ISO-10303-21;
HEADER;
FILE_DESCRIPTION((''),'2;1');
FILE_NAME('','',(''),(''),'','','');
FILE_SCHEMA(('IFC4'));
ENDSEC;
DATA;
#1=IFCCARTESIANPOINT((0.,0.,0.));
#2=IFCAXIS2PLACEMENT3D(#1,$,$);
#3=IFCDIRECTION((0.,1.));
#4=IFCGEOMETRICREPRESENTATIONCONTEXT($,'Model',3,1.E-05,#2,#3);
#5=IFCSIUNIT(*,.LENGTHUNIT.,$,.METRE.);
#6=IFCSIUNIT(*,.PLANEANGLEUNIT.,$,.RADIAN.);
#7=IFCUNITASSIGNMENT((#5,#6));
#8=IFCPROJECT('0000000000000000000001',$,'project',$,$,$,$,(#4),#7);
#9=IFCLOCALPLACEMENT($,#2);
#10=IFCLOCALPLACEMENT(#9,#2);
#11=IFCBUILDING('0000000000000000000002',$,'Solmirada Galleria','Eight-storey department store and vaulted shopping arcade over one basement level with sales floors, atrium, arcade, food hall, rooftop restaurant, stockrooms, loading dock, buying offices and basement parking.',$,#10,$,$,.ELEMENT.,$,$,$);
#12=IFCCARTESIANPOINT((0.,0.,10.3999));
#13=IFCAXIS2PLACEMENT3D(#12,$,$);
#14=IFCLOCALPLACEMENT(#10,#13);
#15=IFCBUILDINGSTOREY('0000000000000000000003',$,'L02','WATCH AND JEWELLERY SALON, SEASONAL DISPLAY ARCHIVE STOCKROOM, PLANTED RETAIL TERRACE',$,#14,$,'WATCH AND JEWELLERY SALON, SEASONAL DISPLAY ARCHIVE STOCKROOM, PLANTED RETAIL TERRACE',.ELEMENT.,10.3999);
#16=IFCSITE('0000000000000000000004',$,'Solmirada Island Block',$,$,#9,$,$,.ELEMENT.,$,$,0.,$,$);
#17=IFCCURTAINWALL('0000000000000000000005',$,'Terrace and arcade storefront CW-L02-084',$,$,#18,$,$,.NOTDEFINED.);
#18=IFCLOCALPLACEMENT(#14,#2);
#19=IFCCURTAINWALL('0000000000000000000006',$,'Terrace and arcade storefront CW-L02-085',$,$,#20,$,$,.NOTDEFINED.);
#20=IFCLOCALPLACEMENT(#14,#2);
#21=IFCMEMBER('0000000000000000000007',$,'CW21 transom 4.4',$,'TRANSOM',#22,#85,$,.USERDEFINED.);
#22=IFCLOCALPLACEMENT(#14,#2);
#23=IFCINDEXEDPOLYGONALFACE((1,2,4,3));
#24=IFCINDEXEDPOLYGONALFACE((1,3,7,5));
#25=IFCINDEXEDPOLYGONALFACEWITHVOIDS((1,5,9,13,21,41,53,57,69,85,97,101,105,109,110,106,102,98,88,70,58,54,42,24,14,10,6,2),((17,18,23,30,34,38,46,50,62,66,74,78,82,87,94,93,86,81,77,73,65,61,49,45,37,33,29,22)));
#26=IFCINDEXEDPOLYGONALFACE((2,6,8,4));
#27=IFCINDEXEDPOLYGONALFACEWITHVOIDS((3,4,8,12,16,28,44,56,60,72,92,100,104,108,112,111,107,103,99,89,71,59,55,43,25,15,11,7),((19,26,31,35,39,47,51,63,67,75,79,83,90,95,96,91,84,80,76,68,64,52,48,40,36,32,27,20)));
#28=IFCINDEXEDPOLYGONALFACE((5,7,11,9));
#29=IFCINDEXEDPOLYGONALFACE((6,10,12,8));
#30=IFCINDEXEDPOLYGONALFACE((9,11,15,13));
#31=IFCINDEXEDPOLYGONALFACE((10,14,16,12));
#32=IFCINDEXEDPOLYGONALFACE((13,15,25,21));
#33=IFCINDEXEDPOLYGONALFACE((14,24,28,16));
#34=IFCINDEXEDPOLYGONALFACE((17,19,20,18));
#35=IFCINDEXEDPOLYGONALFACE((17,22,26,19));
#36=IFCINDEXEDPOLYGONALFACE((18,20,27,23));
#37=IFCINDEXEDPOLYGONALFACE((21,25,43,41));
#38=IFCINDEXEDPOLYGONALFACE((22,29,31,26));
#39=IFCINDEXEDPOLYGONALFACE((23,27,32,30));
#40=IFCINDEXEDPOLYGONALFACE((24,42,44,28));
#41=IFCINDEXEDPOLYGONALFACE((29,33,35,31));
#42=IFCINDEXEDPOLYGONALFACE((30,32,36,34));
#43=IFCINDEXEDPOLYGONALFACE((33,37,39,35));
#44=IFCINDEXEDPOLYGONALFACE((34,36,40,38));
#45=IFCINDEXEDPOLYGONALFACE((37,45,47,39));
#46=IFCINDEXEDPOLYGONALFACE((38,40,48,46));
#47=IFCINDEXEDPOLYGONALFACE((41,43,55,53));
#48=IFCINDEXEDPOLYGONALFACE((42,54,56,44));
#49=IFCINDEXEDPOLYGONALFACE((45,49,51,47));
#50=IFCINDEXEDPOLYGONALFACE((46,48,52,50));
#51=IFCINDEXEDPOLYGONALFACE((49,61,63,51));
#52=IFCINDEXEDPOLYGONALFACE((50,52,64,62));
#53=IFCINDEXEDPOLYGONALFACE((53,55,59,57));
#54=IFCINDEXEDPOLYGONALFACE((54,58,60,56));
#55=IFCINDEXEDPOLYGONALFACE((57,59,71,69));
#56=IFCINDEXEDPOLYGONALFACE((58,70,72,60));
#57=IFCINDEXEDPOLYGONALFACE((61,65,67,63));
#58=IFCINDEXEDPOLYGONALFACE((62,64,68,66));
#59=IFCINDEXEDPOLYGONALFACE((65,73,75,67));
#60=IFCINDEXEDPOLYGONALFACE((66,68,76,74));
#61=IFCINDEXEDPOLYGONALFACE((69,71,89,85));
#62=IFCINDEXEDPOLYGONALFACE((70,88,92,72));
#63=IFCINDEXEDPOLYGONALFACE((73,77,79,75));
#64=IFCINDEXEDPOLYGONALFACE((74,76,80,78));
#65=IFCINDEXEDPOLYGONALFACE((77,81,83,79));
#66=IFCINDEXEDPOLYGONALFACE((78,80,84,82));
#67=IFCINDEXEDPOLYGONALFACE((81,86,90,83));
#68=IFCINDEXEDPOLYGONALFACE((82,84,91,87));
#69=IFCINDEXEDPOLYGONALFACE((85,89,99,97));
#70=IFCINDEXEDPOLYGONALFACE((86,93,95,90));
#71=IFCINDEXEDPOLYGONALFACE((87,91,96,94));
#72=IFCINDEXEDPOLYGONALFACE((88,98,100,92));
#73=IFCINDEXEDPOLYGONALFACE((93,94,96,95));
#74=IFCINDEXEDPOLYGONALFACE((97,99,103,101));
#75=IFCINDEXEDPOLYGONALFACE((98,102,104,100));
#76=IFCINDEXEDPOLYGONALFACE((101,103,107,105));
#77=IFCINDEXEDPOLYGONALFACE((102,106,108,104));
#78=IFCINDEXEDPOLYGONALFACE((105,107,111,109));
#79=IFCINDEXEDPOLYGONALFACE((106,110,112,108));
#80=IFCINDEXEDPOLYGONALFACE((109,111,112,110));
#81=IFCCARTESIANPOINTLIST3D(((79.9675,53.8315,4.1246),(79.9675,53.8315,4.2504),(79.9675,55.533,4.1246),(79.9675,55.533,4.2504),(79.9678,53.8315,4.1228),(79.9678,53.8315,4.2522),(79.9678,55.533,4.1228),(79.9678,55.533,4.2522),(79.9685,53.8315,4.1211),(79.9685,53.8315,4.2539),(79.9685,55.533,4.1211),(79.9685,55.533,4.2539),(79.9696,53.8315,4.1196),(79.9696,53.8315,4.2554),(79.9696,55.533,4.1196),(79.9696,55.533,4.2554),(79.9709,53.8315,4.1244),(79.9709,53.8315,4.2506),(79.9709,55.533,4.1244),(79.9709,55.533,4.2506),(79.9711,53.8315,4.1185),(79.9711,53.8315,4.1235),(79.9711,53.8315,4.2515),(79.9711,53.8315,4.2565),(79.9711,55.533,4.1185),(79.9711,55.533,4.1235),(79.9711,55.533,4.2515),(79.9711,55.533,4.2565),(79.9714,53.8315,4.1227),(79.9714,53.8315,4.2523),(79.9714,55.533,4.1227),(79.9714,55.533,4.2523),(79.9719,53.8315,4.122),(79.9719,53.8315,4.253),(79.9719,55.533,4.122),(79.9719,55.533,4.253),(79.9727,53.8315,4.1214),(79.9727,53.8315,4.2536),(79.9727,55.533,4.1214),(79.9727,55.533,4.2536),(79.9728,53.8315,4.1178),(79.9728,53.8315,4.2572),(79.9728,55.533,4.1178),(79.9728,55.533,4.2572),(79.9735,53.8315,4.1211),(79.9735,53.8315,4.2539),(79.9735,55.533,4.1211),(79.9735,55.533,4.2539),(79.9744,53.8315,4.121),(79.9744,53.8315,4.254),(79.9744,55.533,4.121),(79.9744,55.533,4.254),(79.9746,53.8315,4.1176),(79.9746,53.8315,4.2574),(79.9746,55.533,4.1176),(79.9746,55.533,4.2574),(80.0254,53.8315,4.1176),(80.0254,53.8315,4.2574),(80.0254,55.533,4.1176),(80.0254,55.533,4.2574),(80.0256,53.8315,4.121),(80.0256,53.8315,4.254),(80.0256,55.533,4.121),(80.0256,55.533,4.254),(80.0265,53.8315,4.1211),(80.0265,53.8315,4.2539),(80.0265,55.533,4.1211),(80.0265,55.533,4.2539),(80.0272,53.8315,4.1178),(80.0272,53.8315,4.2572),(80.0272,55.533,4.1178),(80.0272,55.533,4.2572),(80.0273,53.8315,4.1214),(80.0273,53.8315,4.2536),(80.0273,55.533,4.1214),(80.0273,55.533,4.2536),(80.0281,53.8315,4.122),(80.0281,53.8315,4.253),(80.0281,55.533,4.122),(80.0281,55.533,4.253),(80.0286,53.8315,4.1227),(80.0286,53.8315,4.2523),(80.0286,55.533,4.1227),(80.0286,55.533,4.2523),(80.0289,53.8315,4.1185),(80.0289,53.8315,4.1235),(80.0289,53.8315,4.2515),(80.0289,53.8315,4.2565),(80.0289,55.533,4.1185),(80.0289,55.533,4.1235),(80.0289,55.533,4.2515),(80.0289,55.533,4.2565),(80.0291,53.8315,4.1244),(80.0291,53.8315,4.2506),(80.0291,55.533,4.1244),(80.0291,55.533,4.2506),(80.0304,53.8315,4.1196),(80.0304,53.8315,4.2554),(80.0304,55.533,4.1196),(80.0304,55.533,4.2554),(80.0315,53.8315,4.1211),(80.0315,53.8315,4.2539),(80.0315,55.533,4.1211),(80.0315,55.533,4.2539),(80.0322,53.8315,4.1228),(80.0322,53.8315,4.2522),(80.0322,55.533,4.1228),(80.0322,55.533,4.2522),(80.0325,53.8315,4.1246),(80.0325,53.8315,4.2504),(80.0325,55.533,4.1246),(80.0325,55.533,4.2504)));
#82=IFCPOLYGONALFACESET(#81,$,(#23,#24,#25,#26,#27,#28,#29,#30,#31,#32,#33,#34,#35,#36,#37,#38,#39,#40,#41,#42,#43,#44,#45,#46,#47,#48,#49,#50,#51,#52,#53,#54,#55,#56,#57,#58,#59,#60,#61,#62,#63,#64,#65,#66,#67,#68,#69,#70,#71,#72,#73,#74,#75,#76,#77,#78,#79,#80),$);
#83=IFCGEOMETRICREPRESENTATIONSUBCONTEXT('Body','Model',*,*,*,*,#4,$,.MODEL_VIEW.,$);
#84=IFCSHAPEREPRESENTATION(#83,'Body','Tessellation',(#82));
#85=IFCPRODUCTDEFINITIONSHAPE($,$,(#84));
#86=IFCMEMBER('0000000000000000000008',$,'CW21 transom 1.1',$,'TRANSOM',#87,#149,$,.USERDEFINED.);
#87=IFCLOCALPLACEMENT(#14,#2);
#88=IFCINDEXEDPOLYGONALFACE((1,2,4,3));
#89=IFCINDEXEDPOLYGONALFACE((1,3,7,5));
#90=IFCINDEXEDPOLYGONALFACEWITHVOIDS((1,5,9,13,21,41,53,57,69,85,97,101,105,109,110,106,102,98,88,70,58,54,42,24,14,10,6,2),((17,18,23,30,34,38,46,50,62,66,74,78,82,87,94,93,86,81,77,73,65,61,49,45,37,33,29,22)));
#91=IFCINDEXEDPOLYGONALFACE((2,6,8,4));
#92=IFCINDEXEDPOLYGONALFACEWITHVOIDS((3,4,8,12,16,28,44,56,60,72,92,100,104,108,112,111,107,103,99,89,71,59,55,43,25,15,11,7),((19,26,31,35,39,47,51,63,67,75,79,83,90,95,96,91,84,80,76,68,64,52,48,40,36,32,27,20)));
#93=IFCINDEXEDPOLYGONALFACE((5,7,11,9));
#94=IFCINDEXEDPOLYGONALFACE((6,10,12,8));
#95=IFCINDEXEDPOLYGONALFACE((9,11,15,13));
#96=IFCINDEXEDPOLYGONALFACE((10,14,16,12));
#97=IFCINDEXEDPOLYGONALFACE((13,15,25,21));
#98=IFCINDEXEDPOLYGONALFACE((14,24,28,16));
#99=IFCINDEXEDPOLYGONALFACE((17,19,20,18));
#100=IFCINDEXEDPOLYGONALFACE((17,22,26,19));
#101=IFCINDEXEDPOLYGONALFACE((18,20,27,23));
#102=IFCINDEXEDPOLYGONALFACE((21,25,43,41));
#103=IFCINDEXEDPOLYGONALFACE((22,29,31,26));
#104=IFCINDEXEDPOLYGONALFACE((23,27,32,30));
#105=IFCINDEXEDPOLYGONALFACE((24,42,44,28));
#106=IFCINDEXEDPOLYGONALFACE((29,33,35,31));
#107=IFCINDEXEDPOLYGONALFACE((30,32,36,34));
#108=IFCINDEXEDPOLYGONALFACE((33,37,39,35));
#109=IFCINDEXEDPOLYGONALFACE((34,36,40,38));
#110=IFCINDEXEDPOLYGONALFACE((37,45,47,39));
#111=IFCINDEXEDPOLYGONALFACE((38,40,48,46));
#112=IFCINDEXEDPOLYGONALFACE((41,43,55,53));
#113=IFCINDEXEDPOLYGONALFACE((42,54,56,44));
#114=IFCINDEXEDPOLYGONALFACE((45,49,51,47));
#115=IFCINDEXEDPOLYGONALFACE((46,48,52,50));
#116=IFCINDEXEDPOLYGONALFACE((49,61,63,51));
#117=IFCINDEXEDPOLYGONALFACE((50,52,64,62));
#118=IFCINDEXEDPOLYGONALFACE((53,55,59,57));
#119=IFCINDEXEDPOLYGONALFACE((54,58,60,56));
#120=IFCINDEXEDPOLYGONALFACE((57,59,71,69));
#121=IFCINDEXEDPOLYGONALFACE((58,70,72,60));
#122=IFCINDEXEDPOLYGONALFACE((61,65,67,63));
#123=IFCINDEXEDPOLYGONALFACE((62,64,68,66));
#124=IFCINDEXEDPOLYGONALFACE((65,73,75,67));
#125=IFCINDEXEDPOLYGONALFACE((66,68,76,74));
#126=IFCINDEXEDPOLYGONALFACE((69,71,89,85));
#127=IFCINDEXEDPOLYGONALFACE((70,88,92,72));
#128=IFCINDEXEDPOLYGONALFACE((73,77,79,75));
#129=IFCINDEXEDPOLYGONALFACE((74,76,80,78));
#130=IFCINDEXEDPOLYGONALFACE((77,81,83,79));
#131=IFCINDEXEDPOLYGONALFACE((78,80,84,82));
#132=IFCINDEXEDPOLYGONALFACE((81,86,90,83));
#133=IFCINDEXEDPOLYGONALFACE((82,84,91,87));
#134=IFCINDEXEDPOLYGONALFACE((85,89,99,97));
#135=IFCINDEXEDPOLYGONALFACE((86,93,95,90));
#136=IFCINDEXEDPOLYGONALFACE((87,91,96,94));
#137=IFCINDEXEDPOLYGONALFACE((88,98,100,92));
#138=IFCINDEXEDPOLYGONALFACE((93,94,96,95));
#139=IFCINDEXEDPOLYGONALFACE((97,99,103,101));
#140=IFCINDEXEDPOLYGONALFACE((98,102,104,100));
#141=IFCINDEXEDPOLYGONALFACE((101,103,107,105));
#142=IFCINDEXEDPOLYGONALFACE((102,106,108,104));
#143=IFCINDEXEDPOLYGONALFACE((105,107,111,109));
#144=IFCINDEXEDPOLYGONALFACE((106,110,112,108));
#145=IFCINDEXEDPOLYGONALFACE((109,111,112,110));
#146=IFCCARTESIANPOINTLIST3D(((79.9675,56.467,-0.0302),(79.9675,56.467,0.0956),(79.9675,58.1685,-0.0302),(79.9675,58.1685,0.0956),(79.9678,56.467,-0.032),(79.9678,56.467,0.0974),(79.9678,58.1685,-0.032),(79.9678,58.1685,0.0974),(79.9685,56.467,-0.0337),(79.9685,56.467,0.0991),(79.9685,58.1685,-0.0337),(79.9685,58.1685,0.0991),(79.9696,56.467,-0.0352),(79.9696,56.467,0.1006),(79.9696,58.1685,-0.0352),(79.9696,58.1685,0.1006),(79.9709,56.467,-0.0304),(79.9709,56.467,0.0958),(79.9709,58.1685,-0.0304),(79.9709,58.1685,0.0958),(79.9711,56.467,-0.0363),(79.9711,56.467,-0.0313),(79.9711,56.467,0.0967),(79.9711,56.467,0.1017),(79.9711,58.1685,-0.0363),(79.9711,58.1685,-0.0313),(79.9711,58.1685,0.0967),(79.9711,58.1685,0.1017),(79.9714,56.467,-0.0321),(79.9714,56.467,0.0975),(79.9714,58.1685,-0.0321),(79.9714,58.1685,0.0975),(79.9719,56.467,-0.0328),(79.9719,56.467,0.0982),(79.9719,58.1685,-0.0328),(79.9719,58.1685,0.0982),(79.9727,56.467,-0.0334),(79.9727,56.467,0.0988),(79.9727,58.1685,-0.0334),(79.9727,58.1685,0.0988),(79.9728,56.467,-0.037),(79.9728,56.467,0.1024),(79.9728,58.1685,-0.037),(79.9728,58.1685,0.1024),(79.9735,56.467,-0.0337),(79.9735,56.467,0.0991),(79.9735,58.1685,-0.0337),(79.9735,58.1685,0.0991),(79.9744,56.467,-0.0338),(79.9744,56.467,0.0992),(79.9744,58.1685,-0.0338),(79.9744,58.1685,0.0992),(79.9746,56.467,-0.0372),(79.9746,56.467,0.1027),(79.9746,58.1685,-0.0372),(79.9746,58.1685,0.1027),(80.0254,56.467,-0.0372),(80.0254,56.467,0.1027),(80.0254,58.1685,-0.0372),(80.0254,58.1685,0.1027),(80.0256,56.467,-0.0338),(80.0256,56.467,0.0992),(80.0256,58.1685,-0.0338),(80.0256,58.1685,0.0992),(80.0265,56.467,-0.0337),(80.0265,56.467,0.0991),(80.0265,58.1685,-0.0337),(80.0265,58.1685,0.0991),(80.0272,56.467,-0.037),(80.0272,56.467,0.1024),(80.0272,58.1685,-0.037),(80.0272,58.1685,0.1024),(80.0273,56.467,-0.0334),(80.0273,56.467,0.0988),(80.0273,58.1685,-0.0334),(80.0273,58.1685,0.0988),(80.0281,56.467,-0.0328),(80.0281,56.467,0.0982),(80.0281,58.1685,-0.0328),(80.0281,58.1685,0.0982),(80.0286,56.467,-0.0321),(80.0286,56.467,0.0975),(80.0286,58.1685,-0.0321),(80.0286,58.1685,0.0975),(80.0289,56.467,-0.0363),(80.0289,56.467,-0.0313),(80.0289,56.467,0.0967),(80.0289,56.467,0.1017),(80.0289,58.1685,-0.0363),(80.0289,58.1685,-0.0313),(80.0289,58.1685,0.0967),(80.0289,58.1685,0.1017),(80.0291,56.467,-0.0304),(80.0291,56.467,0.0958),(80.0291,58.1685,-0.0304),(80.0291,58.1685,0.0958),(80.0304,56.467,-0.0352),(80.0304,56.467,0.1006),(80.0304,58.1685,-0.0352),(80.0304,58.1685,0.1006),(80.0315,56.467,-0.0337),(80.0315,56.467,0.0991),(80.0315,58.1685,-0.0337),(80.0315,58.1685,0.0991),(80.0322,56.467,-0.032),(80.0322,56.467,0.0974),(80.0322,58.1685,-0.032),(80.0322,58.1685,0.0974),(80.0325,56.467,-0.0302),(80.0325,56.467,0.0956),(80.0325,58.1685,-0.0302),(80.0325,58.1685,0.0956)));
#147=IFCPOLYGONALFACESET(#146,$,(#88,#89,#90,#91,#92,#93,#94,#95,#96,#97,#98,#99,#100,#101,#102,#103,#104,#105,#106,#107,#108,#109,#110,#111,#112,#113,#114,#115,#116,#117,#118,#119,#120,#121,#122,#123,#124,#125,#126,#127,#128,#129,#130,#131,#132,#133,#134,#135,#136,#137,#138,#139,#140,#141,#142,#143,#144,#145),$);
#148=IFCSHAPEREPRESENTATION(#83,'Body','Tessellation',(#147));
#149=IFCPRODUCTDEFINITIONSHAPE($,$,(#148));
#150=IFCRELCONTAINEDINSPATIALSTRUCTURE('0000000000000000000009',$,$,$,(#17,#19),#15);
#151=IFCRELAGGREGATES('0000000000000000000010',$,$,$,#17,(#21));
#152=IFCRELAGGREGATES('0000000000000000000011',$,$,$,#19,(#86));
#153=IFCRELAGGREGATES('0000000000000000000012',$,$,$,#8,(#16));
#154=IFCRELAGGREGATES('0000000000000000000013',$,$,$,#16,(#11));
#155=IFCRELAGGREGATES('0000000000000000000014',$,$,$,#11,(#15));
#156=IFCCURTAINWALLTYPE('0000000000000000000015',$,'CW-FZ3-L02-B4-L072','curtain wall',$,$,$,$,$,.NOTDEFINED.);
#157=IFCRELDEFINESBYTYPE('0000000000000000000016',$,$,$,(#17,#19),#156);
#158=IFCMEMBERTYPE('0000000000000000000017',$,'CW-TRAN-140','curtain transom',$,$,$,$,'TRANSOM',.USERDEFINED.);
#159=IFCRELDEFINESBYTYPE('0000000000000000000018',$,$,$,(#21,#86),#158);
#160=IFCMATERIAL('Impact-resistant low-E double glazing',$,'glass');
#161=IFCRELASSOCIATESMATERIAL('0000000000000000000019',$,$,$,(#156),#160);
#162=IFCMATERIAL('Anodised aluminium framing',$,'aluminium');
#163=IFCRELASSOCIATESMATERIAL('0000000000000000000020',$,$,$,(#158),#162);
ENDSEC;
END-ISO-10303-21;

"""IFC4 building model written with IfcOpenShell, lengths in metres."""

from ifc_helpers import new_model, si_unit, direction, frame, origin, origin_2d, place, context, subcontext, project, spatial, hollow_rectangle, extrude, material, material_profile, profile_set, type_object, element, aggregate, save


model = new_model("IFC4")

# Units and contexts
model_context = context("Model", 3, precision=1e-05, world=origin(), true_north=direction((0.0, 1.0)))
body_context = subcontext(model_context, "Body", "Model", "MODEL_VIEW")
ifc_project = project(units=[si_unit("LENGTHUNIT", "METRE"), si_unit("PLANEANGLEUNIT", "RADIAN")], contexts=[model_context])

# Site, building, storey
site_placement = place(None, origin())
site = spatial("IfcSite", under=ifc_project, at=site_placement, Name="Solmirada Island Block", CompositionType="ELEMENT", RefElevation=0.0)
building_placement = place(site_placement, origin())
building = spatial("IfcBuilding", under=site, at=building_placement, Name="Solmirada Galleria", Description="Eight-storey department store and vaulted shopping arcade over one basement level with sales floors, atrium, arcade, food hall, rooftop restaurant, stockrooms, loading dock, buying offices and basement parking.", CompositionType="ELEMENT")
storey_placement = place(building_placement, frame((0.0, 0.0, 10.3999)))
storey = spatial("IfcBuildingStorey", under=building, at=storey_placement, Name="L02", Description="WATCH AND JEWELLERY SALON, SEASONAL DISPLAY ARCHIVE STOCKROOM, PLANTED RETAIL TERRACE", LongName="WATCH AND JEWELLERY SALON, SEASONAL DISPLAY ARCHIVE STOCKROOM, PLANTED RETAIL TERRACE", CompositionType="ELEMENT", Elevation=10.3999)

# Curtain wall
ifc_material_1 = material(Name="Impact-resistant low-E double glazing", Category="glass")
curtain_wall_type = type_object("IfcCurtainWallType", Name="CW-FZ3-L02-B4-L072", Description="curtain wall", PredefinedType="NOTDEFINED", material=ifc_material_1)
curtain_wall_1_placement = place(storey_placement, origin())
curtain_wall_1 = element("IfcCurtainWall", 1, at=curtain_wall_1_placement, inside=storey, type_object=curtain_wall_type, Name="Terrace and arcade storefront CW-L02-084", PredefinedType="NOTDEFINED")
ifc_material_2 = material(Name="Anodised aluminium framing", Category="aluminium")

# Curtain wall
curtain_wall_2_placement = place(storey_placement, origin())
curtain_wall_2 = element("IfcCurtainWall", 2, at=curtain_wall_2_placement, inside=storey, type_object=curtain_wall_type, Name="Terrace and arcade storefront CW-L02-085", PredefinedType="NOTDEFINED")

# Members
ifc_material_profile_1 = material_profile(ifc_material_2, hollow_rectangle(XDim=0.0649, YDim=0.1399, WallThickness=0.0034, InnerFilletRadius=0.0034, OuterFilletRadius=0.0071, at=origin_2d()), Name="ALU-TRAN-140X65")
ifc_profile_set_1 = profile_set([ifc_material_profile_1], Name="Anodised aluminium framing")
member_type_1 = type_object("IfcMemberType", Name="CW-TRAN-140", Description="curtain transom", ElementType="TRANSOM", PredefinedType="USERDEFINED", material=ifc_profile_set_1)
member_1_placement = place(storey_placement, frame((80.0, 53.8315, 4.1875), z_axis=(0.0, 1.0, 0.0), x_axis=(-1.0, 0.0, 0.0)))
member_1 = element("IfcMember", 3, at=member_1_placement, type_object=member_type_1, Name="CW21 transom 4.4", ObjectType="TRANSOM", PredefinedType="USERDEFINED", context=body_context, shape_type="SweptSolid", body=[
    extrude(hollow_rectangle(XDim=0.0649, YDim=0.1399, WallThickness=0.0034, InnerFilletRadius=0.0034, OuterFilletRadius=0.0071, at=origin_2d()), origin(), (0.0, 0.0, 1.0), 1.7014),
])
member_2_placement = place(storey_placement, frame((80.0, 56.467, 0.0327), z_axis=(0.0, 1.0, 0.0), x_axis=(-1.0, 0.0, 0.0)))
member_2 = element("IfcMember", 4, at=member_2_placement, type_object=member_type_1, Name="CW21 transom 1.1", ObjectType="TRANSOM", PredefinedType="USERDEFINED", context=body_context, shape_type="SweptSolid", body=[
    extrude(hollow_rectangle(XDim=0.0649, YDim=0.1399, WallThickness=0.0034, InnerFilletRadius=0.0034, OuterFilletRadius=0.0071, at=origin_2d()), origin(), (0.0, 0.0, 1.0), 1.7014),
])

aggregate(curtain_wall_1, [member_1])
aggregate(curtain_wall_2, [member_2])

save(model, "model.ifc")
